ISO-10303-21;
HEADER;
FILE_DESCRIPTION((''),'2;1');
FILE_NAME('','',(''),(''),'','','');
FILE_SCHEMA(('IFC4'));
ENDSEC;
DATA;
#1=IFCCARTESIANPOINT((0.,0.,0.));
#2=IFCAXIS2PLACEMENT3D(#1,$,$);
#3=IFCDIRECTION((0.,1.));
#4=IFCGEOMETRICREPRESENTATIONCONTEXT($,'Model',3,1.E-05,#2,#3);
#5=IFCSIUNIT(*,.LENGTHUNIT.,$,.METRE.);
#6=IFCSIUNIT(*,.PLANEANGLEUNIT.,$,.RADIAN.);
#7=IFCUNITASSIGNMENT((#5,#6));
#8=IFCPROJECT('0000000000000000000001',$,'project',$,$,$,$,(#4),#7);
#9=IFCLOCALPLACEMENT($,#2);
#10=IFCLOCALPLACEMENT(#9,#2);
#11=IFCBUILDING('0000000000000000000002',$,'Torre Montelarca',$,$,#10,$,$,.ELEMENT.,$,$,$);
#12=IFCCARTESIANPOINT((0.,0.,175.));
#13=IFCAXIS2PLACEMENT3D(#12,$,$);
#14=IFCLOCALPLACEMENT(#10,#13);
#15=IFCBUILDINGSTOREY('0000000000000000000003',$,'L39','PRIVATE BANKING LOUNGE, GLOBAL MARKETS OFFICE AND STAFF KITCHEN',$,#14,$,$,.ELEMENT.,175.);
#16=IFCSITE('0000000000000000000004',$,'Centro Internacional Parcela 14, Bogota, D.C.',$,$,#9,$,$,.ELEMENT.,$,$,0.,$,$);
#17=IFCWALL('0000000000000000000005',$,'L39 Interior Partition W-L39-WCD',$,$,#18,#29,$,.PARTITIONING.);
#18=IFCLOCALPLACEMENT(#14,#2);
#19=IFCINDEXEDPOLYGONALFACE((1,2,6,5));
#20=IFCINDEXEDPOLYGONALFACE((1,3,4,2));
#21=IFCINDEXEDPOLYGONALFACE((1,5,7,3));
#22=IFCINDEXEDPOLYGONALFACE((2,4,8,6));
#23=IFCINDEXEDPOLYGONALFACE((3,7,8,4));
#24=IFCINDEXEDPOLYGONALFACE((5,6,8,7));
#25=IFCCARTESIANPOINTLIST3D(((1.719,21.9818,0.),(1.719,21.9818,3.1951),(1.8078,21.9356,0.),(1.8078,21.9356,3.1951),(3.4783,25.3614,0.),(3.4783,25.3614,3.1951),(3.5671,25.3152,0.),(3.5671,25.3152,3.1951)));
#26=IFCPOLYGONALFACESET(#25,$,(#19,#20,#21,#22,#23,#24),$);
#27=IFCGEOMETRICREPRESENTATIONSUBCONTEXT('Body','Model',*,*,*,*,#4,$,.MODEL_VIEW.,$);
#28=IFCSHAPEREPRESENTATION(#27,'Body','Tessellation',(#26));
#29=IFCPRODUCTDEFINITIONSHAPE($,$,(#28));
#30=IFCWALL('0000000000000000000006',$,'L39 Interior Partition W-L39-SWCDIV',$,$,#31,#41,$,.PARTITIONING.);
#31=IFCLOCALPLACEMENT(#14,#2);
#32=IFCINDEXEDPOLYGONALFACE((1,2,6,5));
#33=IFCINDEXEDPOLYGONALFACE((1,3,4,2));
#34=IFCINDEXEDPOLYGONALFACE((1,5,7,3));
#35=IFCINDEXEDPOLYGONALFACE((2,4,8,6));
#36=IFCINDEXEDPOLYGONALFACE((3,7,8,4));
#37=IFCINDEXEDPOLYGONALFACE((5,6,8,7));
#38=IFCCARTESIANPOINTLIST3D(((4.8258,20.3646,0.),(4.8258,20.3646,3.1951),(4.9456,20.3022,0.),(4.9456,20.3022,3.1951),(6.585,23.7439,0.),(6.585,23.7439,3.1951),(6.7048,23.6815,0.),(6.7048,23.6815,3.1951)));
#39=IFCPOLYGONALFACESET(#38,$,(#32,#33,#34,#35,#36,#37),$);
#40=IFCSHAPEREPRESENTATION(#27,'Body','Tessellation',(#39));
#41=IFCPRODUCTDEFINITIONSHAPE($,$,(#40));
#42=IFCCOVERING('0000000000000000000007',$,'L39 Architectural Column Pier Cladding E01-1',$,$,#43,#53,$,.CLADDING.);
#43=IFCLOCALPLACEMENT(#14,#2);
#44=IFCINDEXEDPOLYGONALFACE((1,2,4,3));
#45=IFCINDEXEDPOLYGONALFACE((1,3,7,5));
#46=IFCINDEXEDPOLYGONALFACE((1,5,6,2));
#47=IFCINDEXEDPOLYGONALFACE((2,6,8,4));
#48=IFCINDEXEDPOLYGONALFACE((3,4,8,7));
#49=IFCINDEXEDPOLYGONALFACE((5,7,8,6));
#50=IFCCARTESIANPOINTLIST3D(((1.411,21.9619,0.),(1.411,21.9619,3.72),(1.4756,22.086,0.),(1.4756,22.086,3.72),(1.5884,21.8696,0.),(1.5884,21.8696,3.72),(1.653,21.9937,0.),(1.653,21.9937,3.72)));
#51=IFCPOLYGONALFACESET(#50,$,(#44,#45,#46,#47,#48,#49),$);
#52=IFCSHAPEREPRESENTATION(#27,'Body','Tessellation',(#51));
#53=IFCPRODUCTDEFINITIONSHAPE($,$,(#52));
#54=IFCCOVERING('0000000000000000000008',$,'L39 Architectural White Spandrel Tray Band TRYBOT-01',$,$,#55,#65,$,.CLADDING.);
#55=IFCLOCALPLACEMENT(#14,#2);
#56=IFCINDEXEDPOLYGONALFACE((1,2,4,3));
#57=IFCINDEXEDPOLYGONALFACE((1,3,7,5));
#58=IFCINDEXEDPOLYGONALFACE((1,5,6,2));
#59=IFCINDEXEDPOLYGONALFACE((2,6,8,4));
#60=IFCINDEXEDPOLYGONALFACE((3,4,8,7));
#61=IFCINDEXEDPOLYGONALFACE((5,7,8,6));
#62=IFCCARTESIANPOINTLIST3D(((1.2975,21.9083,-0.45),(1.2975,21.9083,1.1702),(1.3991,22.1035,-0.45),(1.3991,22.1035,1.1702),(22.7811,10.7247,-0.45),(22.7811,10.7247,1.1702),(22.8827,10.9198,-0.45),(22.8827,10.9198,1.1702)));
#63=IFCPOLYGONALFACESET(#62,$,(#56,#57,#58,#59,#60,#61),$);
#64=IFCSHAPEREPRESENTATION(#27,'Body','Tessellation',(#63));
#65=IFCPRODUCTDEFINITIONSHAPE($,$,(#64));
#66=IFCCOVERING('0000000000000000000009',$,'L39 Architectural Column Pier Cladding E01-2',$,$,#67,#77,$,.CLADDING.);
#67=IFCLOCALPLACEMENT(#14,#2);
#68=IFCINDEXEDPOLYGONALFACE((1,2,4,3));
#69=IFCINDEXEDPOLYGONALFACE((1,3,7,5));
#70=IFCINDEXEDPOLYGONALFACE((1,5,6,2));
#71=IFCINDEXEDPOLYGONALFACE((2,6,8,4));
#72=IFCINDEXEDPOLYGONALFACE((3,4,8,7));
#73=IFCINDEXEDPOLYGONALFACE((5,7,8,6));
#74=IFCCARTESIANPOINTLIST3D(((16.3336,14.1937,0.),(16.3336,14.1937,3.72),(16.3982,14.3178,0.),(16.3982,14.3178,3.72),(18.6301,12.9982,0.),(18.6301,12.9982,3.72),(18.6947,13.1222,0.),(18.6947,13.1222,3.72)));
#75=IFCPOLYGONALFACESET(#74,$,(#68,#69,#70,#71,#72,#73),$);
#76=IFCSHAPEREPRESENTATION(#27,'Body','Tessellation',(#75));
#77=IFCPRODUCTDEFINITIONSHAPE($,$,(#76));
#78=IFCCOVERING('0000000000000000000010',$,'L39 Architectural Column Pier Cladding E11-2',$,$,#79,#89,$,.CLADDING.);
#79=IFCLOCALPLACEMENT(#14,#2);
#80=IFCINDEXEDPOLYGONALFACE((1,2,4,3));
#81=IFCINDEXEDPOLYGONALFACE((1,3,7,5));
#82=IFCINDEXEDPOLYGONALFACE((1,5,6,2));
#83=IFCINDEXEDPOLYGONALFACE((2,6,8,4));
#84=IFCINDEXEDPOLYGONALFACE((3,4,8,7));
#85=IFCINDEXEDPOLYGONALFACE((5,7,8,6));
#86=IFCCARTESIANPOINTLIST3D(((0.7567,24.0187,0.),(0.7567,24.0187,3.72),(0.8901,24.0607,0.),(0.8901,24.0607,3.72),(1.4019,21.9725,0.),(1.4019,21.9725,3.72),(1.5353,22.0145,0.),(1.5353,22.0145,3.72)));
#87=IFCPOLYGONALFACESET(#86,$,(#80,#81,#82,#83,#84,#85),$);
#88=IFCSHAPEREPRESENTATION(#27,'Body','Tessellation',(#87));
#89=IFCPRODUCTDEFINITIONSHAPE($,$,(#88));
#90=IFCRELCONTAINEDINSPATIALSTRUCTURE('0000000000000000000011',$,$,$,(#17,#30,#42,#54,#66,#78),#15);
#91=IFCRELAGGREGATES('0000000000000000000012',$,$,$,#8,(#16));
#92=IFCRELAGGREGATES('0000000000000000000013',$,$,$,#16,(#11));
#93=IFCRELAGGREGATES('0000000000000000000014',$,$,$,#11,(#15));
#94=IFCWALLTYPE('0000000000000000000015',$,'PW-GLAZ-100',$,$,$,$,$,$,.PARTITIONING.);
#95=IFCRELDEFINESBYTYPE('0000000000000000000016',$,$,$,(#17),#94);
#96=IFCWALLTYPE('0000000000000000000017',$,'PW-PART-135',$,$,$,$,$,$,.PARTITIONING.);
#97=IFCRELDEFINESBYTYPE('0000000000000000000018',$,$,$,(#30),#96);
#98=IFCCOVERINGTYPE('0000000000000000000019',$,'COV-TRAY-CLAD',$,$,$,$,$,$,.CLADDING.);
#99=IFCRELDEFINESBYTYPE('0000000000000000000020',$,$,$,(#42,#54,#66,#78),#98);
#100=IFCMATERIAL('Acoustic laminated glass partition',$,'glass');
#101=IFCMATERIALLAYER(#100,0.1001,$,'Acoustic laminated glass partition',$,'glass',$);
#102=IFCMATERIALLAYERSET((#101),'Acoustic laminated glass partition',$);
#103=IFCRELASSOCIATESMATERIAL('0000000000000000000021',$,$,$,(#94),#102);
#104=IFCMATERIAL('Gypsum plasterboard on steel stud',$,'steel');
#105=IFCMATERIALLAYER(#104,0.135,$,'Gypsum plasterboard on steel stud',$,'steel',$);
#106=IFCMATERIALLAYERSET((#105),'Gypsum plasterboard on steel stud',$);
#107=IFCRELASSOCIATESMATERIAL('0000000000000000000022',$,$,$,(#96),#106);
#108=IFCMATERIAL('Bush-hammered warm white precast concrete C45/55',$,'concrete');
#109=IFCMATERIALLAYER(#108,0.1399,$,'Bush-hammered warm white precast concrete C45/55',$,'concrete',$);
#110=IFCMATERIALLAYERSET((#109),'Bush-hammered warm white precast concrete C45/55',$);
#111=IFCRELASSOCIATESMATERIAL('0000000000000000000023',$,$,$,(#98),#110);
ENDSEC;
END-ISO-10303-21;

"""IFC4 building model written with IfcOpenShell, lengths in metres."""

from ifc_helpers import new_model, si_unit, direction, frame, frame_2d, origin, origin_2d, place, context, subcontext, project, spatial, rectangle, extrude, source, transform, mapped, material, layer, layer_set, type_object, element, save


model = new_model("IFC4")

# Units and contexts
model_context = context("Model", 3, precision=1e-05, world=origin(), true_north=direction((0.0, 1.0)))
body_context = subcontext(model_context, "Body", "Model", "MODEL_VIEW")
ifc_project = project(units=[si_unit("LENGTHUNIT", "METRE"), si_unit("PLANEANGLEUNIT", "RADIAN")], contexts=[model_context])

# Site, building, storey
site_placement = place(None, origin())
site = spatial("IfcSite", under=ifc_project, at=site_placement, Name="Centro Internacional Parcela 14, Bogota, D.C.", CompositionType="ELEMENT", RefElevation=0.0)
building_placement = place(site_placement, origin())
building = spatial("IfcBuilding", under=site, at=building_placement, Name="Torre Montelarca", CompositionType="ELEMENT")
storey_placement = place(building_placement, frame((0.0, 0.0, 175.0)))
storey = spatial("IfcBuildingStorey", under=building, at=storey_placement, Name="L39", Description="PRIVATE BANKING LOUNGE, GLOBAL MARKETS OFFICE AND STAFF KITCHEN", CompositionType="ELEMENT", Elevation=175.0)

# Shared definitions
ifc_material_1 = material(Name="Gypsum plasterboard on steel stud", Category="steel")

# Walls
ifc_material_2 = material(Name="Acoustic laminated glass partition", Category="glass")
ifc_layer_1 = layer(ifc_material_2, 0.1001, Name="Acoustic laminated glass partition", Category="glass")
ifc_layer_set_1 = layer_set([ifc_layer_1], Name="Acoustic laminated glass partition")
wall_type_1 = type_object("IfcWallType", Name="PW-GLAZ-100", PredefinedType="PARTITIONING", material=ifc_layer_set_1)
wall_1_placement = place(storey_placement, frame((1.7634, 21.9587, 0.0), z_axis=(0.0, 0.0, 1.0), x_axis=(0.461738, 0.887016, 0.0)))
element("IfcWall", 1, at=wall_1_placement, inside=storey, type_object=wall_type_1, Name="L39 Interior Partition W-L39-WCD", PredefinedType="PARTITIONING", context=body_context, shape_type="SweptSolid", body=[
    extrude(rectangle(XDim=3.8101, YDim=0.1001, at=frame_2d((1.905, 0.0))), origin(), (0.0, 0.0, 1.0), 3.1951),
])
ifc_layer_2 = layer(ifc_material_1, 0.135, Name="Gypsum plasterboard on steel stud", Category="steel")
ifc_layer_set_2 = layer_set([ifc_layer_2], Name="Gypsum plasterboard on steel stud")
wall_type_2 = type_object("IfcWallType", Name="PW-PART-135", PredefinedType="PARTITIONING", material=ifc_layer_set_2)
wall_2_placement = place(storey_placement, frame((4.8857, 20.3335, 0.0), z_axis=(0.0, 0.0, 1.0), x_axis=(0.461764, 0.887003, 0.0)))
element("IfcWall", 2, at=wall_2_placement, inside=storey, type_object=wall_type_2, Name="L39 Interior Partition W-L39-SWCDIV", PredefinedType="PARTITIONING", context=body_context, shape_type="SweptSolid", body=[
    extrude(rectangle(XDim=3.8098, YDim=0.135, at=frame_2d((1.9048, 0.0))), origin(), (0.0, 0.0, 1.0), 3.1951),
])

# Coverings
ifc_material_3 = material(Name="Bush-hammered warm white precast concrete C45/55", Category="concrete")
ifc_layer_3 = layer(ifc_material_3, 0.1399, Name="Bush-hammered warm white precast concrete C45/55", Category="concrete")
ifc_layer_set_3 = layer_set([ifc_layer_3], Name="Bush-hammered warm white precast concrete C45/55")
covering_type = type_object("IfcCoveringType", Name="COV-TRAY-CLAD", PredefinedType="CLADDING", material=ifc_layer_set_3)
shared_shape_1 = source(origin(), body_context, "Body", "SweptSolid", [
    extrude(rectangle(XDim=0.2, YDim=0.1399, at=origin_2d()), origin(), (0.0, 0.0, 1.0), 3.72),
])
covering_1_placement = place(storey_placement, frame((1.532, 21.9778, 0.0), z_axis=(0.0, 0.0, 1.0), x_axis=(0.887011, -0.461749, 0.0)))
element("IfcCovering", 3, at=covering_1_placement, inside=storey, type_object=covering_type, Name="L39 Architectural Column Pier Cladding E01-1", PredefinedType="CLADDING", context=body_context, shape_type="MappedRepresentation", body=[
    mapped(shared_shape_1, transform((0.0, 0.0, 0.0), scale=1.0)),
])
shared_shape_2 = source(origin(), body_context, "Body", "SweptSolid", [
    extrude(rectangle(XDim=24.2202, YDim=0.22, at=origin_2d()), origin(), (0.0, 0.0, 1.0), 1.6201),
])
covering_2_placement = place(storey_placement, frame((12.0901, 16.4141, -0.45), z_axis=(0.0, 0.0, 1.0), x_axis=(0.88701, -0.46175, 0.0)))
element("IfcCovering", 4, at=covering_2_placement, inside=storey, type_object=covering_type, Name="L39 Architectural White Spandrel Tray Band TRYBOT-01", PredefinedType="CLADDING", context=body_context, shape_type="MappedRepresentation", body=[
    mapped(shared_shape_2, transform((0.0, 0.0, 0.0), scale=1.0)),
])
shared_shape_3 = source(origin(), body_context, "Body", "SweptSolid", [
    extrude(rectangle(XDim=2.5891, YDim=0.1399, at=origin_2d()), origin(), (0.0, 0.0, 1.0), 3.72),
])
covering_3_placement = place(storey_placement, frame((17.5142, 13.658, 0.0), z_axis=(0.0, 0.0, 1.0), x_axis=(0.887011, -0.461749, 0.0)))
element("IfcCovering", 5, at=covering_3_placement, inside=storey, type_object=covering_type, Name="L39 Architectural Column Pier Cladding E01-2", PredefinedType="CLADDING", context=body_context, shape_type="MappedRepresentation", body=[
    mapped(shared_shape_3, transform((0.0, 0.0, 0.0), scale=1.0)),
])
shared_shape_4 = source(origin(), body_context, "Body", "SweptSolid", [
    extrude(rectangle(XDim=2.1455, YDim=0.1399, at=origin_2d()), origin(), (0.0, 0.0, 1.0), 3.72),
])
covering_4_placement = place(storey_placement, frame((1.146, 23.0166, 0.0), z_axis=(0.0, 0.0, 1.0), x_axis=(0.300691, -0.953722, 0.0)))
element("IfcCovering", 6, at=covering_4_placement, inside=storey, type_object=covering_type, Name="L39 Architectural Column Pier Cladding E11-2", PredefinedType="CLADDING", context=body_context, shape_type="MappedRepresentation", body=[
    mapped(shared_shape_4, transform((0.0, 0.0, 0.0), scale=1.0)),
])

save(model, "model.ifc")
